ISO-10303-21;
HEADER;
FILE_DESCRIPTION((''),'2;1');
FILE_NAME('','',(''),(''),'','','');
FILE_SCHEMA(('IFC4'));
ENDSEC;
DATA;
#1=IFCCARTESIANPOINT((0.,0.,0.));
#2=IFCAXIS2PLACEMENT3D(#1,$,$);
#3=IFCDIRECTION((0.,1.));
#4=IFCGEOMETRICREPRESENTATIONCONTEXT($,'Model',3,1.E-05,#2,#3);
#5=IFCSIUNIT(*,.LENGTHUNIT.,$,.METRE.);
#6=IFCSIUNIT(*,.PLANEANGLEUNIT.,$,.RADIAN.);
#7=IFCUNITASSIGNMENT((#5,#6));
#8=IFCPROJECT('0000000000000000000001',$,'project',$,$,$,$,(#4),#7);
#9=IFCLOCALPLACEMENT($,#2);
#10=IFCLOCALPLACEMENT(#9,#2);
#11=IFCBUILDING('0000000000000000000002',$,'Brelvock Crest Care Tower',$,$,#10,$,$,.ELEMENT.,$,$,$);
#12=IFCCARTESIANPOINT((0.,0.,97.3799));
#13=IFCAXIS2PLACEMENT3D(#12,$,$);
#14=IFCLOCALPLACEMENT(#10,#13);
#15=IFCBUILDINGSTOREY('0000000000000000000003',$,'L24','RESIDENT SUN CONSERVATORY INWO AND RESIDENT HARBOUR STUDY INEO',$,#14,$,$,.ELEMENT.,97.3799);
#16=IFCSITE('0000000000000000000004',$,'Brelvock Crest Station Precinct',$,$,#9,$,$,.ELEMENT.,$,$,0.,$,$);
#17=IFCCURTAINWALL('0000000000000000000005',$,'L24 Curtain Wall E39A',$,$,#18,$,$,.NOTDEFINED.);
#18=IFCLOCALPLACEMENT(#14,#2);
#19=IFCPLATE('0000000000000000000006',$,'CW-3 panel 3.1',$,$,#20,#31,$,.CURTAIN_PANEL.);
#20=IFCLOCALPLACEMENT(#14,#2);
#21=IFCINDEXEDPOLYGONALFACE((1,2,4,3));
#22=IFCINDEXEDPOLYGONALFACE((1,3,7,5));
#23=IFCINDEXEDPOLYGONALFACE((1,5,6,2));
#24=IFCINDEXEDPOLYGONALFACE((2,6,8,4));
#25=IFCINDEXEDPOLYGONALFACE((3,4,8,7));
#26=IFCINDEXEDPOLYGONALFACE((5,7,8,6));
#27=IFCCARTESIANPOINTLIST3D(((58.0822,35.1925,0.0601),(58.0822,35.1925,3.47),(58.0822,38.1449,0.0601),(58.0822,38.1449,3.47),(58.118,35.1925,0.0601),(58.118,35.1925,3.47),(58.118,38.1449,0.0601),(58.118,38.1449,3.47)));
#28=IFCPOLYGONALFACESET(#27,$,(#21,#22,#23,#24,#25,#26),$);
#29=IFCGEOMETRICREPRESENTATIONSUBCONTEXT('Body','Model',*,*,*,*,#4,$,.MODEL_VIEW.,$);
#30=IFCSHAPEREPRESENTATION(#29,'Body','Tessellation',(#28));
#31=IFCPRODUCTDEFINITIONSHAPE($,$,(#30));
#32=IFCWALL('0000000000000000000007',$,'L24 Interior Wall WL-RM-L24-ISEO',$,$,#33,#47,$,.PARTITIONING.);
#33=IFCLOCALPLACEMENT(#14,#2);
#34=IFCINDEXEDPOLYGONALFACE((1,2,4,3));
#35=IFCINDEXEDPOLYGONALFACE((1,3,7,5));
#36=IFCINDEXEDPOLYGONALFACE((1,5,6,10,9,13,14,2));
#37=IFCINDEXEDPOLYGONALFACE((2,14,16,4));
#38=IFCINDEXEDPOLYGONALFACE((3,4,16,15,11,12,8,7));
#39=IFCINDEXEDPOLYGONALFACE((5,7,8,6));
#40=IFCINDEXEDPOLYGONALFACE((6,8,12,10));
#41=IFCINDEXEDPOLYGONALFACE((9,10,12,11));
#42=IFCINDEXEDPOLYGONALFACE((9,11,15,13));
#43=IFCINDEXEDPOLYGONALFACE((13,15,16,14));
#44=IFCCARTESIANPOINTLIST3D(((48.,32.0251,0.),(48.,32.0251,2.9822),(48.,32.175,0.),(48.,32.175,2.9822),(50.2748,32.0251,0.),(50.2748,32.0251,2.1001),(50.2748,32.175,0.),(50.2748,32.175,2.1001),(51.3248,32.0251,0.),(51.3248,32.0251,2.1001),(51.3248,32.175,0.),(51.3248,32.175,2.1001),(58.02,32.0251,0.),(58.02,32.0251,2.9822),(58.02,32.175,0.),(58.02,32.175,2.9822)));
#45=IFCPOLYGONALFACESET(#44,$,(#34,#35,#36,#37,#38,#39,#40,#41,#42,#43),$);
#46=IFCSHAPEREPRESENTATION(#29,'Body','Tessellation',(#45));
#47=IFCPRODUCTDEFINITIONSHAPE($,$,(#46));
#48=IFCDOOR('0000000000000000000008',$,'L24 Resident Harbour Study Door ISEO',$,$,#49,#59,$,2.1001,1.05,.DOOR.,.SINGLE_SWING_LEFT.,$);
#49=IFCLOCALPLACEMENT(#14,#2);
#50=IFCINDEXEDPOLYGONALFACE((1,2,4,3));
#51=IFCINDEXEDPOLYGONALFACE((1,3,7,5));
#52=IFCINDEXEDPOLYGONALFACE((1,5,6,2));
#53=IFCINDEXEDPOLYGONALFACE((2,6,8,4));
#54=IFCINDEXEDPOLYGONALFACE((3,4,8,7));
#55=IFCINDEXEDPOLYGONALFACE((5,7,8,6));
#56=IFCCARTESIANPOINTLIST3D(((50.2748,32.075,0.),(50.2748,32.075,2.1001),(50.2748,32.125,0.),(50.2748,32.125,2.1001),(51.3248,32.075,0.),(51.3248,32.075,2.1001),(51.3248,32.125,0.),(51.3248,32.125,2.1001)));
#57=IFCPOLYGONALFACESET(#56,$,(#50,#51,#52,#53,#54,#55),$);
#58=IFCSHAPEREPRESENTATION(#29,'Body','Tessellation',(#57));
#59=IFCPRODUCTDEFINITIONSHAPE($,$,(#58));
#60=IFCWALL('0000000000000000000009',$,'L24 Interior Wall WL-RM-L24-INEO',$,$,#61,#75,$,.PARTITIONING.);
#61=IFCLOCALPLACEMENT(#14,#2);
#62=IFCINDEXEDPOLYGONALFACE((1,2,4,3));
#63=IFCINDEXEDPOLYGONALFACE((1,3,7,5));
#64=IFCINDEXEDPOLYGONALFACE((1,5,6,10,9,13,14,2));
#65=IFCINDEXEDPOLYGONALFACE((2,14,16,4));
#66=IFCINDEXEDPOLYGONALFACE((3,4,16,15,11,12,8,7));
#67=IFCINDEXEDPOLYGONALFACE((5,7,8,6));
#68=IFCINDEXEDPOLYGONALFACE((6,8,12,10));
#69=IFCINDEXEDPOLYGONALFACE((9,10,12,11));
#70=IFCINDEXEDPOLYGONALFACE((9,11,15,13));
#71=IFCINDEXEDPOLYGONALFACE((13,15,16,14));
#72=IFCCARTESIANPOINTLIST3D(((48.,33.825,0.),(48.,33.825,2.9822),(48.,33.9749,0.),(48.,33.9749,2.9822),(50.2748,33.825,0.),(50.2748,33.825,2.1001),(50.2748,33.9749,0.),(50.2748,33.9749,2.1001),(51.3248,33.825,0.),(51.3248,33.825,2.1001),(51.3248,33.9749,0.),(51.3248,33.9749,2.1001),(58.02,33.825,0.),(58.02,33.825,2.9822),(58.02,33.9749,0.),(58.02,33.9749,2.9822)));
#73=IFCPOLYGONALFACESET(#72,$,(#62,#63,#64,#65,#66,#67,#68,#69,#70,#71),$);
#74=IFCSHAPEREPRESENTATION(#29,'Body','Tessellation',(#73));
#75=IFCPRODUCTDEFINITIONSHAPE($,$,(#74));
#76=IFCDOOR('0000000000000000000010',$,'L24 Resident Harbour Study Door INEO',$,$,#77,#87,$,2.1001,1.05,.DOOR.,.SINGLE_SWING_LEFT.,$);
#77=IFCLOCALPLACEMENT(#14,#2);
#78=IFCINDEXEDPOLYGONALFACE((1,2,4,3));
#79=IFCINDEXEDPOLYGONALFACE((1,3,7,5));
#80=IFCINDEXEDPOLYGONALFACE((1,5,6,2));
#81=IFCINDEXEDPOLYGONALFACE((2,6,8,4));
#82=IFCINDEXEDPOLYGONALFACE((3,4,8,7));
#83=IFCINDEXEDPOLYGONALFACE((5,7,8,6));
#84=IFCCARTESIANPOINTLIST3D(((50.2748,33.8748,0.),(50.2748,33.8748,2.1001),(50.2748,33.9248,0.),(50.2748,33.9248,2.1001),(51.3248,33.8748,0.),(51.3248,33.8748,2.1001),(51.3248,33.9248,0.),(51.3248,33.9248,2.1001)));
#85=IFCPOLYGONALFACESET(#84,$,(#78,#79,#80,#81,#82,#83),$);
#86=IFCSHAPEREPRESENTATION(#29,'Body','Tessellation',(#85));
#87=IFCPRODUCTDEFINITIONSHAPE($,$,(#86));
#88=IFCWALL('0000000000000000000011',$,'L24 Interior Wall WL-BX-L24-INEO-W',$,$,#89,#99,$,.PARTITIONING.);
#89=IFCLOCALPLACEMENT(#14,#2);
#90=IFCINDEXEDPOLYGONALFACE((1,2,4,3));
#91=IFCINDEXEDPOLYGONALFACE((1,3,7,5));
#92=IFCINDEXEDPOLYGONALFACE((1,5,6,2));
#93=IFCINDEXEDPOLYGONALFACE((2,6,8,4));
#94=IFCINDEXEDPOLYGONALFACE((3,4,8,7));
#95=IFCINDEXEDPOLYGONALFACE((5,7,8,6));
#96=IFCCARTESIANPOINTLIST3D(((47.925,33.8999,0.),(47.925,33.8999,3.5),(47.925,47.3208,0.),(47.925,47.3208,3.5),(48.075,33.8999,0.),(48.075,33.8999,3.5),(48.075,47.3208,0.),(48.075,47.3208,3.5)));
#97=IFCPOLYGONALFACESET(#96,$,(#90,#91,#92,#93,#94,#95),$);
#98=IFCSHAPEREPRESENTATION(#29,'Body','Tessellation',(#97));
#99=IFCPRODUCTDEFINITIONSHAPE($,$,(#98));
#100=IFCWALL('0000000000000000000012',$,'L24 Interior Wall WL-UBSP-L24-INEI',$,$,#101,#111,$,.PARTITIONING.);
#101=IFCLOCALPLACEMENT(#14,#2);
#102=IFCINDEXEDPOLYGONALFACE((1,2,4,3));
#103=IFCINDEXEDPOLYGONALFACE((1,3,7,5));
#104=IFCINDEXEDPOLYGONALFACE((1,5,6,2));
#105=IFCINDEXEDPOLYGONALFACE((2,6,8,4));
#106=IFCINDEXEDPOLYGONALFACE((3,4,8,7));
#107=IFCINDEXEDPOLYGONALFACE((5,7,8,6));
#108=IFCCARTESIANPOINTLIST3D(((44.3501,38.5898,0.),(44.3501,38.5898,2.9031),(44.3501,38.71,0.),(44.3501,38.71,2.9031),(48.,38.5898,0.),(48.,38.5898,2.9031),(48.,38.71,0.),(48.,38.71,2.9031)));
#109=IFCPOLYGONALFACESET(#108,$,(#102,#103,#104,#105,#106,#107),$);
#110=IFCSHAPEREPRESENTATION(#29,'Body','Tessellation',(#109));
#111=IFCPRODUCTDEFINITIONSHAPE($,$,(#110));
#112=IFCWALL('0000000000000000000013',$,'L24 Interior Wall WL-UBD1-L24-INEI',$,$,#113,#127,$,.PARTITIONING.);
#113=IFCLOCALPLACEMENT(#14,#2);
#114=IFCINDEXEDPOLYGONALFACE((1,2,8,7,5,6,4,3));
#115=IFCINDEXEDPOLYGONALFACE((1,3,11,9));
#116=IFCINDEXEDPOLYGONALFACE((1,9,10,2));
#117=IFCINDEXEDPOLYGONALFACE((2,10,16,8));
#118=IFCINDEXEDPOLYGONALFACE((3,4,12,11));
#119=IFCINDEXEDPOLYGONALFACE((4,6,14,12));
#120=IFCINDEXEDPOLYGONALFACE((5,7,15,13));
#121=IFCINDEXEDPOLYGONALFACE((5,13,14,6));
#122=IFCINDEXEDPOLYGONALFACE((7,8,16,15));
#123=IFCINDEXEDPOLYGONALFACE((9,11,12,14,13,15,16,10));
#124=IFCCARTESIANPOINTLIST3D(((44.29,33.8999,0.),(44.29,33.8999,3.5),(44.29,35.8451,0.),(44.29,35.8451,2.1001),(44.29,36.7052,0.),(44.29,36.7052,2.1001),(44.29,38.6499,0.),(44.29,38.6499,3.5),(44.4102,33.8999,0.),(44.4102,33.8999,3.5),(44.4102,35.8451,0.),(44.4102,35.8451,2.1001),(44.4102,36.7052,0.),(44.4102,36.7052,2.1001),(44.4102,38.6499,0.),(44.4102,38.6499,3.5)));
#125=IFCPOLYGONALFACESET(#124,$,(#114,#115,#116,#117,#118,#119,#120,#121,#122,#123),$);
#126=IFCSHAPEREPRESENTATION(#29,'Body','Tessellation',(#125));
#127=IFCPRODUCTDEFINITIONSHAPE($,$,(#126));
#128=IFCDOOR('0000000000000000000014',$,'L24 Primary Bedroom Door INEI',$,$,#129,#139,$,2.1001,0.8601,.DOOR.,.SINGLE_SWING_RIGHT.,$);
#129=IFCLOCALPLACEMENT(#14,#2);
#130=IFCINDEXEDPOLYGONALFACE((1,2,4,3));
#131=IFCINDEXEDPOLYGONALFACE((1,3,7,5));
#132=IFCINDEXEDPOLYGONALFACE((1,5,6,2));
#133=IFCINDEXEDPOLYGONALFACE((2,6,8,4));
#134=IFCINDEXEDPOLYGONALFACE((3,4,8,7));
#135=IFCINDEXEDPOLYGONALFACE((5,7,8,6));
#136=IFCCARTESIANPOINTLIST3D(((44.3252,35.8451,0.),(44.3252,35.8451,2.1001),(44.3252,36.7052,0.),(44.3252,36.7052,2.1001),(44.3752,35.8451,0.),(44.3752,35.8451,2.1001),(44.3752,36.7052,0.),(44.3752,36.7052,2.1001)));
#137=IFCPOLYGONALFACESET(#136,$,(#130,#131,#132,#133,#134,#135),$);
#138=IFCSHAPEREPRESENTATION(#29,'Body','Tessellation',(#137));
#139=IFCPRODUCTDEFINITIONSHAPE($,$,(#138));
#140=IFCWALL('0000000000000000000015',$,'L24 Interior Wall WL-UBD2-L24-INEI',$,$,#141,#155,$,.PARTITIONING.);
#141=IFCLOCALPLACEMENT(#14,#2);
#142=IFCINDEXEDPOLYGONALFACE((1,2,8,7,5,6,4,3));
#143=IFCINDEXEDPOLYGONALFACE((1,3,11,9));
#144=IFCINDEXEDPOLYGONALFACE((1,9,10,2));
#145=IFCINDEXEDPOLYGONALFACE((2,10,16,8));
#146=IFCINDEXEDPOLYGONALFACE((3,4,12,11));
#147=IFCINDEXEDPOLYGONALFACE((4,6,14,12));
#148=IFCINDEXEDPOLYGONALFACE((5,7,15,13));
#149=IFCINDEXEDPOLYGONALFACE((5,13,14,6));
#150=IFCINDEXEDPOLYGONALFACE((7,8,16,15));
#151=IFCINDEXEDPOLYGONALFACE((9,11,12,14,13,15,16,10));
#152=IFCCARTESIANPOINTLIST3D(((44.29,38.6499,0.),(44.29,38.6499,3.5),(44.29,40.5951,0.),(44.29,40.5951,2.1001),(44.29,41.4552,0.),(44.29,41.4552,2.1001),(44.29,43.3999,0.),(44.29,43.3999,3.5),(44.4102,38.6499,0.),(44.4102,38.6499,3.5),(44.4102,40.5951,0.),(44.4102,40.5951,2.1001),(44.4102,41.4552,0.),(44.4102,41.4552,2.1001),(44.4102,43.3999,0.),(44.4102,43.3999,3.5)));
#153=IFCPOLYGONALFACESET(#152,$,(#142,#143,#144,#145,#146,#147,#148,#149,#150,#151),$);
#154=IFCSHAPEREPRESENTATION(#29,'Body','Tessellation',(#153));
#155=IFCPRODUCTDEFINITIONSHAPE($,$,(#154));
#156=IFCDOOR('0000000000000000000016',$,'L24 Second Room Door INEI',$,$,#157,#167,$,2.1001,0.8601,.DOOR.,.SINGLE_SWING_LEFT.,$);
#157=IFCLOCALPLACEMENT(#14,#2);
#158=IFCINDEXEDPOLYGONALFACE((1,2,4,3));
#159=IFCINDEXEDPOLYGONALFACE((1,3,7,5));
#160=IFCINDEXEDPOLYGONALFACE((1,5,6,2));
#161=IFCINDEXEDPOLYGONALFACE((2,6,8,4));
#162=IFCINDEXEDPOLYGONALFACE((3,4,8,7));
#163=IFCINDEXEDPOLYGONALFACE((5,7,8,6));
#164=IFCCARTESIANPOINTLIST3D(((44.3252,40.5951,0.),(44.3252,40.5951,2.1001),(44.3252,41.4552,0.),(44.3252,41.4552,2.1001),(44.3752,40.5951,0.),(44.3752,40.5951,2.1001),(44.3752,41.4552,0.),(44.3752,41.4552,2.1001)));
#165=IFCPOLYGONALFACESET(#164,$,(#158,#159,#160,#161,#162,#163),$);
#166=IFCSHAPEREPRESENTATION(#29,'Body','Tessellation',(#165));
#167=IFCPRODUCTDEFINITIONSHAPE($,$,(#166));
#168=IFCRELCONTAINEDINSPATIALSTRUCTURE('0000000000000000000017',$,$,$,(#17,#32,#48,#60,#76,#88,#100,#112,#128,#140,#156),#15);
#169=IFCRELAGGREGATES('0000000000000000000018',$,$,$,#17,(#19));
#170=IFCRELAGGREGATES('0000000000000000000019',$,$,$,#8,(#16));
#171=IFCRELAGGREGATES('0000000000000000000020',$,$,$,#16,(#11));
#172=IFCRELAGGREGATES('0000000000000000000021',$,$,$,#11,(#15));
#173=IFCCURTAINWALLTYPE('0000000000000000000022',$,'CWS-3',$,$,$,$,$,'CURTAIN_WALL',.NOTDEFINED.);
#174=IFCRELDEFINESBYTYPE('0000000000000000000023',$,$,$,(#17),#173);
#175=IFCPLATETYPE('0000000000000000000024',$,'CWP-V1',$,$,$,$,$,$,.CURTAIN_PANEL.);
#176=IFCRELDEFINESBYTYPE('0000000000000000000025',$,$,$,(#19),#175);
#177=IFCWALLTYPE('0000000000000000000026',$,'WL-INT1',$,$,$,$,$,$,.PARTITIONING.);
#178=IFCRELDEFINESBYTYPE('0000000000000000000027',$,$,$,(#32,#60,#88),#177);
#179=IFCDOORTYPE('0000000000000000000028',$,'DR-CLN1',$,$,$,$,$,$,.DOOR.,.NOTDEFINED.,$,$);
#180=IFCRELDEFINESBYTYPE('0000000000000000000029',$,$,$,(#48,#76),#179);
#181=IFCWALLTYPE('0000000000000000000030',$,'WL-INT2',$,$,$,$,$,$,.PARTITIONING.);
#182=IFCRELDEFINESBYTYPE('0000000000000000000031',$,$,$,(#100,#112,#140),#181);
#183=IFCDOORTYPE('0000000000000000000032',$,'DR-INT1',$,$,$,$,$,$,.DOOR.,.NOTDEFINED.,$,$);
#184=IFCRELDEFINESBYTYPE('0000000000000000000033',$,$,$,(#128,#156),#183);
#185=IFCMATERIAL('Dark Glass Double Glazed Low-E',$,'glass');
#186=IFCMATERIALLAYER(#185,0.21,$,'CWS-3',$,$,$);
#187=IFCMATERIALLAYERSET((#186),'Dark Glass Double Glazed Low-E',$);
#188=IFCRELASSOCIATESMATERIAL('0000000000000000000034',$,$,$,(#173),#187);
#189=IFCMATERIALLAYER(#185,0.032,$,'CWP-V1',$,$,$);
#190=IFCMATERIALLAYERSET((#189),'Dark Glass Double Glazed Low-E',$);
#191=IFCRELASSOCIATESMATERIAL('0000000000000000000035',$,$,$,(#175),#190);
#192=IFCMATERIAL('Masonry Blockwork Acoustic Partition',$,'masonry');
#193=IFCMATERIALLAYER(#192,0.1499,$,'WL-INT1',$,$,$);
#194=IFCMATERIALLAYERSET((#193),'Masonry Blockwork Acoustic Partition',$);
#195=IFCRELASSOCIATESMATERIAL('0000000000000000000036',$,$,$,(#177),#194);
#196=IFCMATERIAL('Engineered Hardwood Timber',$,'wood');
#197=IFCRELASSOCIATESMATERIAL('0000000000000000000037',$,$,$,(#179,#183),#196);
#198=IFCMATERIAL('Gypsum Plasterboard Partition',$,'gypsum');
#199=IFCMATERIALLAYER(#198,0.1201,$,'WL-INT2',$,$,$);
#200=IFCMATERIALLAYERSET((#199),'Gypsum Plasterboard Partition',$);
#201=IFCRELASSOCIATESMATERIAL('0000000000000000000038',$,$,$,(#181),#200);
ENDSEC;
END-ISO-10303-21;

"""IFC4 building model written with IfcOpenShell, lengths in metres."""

from ifc_helpers import new_model, si_unit, direction, frame, frame_2d, origin, origin_2d, place, context, subcontext, project, spatial, rectangle, extrude, source, transform, mapped, material, layer, layer_set, type_object, element, fill, aggregate, save


model = new_model("IFC4")

# Units and contexts
model_context = context("Model", 3, precision=1e-05, world=origin(), true_north=direction((0.0, 1.0)))
body_context = subcontext(model_context, "Body", "Model", "MODEL_VIEW")
ifc_project = project(units=[si_unit("LENGTHUNIT", "METRE"), si_unit("PLANEANGLEUNIT", "RADIAN")], contexts=[model_context])

# Site, building, storey
site_placement = place(None, origin())
site = spatial("IfcSite", under=ifc_project, at=site_placement, Name="Brelvock Crest Station Precinct", CompositionType="ELEMENT", RefElevation=0.0)
building_placement = place(site_placement, origin())
building = spatial("IfcBuilding", under=site, at=building_placement, Name="Brelvock Crest Care Tower", CompositionType="ELEMENT")
storey_placement = place(building_placement, frame((0.0, 0.0, 97.3799)))
storey = spatial("IfcBuildingStorey", under=building, at=storey_placement, Name="L24", Description="RESIDENT SUN CONSERVATORY INWO AND RESIDENT HARBOUR STUDY INEO", CompositionType="ELEMENT", Elevation=97.3799)

# Curtain wall, plate
ifc_material_1 = material(Name="Dark Glass Double Glazed Low-E", Category="glass")
ifc_layer_1 = layer(ifc_material_1, 0.21, Name="CWS-3")
ifc_layer_set_1 = layer_set([ifc_layer_1], Name="Dark Glass Double Glazed Low-E")
curtain_wall_type = type_object("IfcCurtainWallType", Name="CWS-3", ElementType="CURTAIN_WALL", PredefinedType="NOTDEFINED", material=ifc_layer_set_1)
curtain_wall_placement = place(storey_placement, origin())
curtain_wall = element("IfcCurtainWall", 1, at=curtain_wall_placement, inside=storey, type_object=curtain_wall_type, Name="L24 Curtain Wall E39A", PredefinedType="NOTDEFINED")
ifc_layer_2 = layer(ifc_material_1, 0.032, Name="CWP-V1")
ifc_layer_set_2 = layer_set([ifc_layer_2], Name="Dark Glass Double Glazed Low-E")
plate_type = type_object("IfcPlateType", Name="CWP-V1", PredefinedType="CURTAIN_PANEL", material=ifc_layer_set_2)
shared_shape_1 = source(origin(), body_context, "Body", "SweptSolid", [
    extrude(rectangle(XDim=2.9524, YDim=0.0359, at=origin_2d()), origin(), (0.0, 0.0, 1.0), 3.4099),
])
plate_1_placement = place(storey_placement, frame((58.1001, 36.6687, 0.0601), z_axis=(0.0, 0.0, 1.0), x_axis=(0.0, -1.0, 0.0)))
plate_1 = element("IfcPlate", 2, at=plate_1_placement, type_object=plate_type, Name="CW-3 panel 3.1", PredefinedType="CURTAIN_PANEL", context=body_context, shape_type="MappedRepresentation", body=[
    mapped(shared_shape_1, transform((0.0, 0.0, 0.0), x_axis=(1.0, 0.0, 0.0), y_axis=(0.0, 1.0, 0.0), z_axis=(0.0, 0.0, 1.0), scale=1.0)),
])
aggregate(curtain_wall, [plate_1])

# Walls, openings, doors
ifc_material_2 = material(Name="Masonry Blockwork Acoustic Partition", Category="masonry")
ifc_layer_3 = layer(ifc_material_2, 0.1499, Name="WL-INT1")
ifc_layer_set_3 = layer_set([ifc_layer_3], Name="Masonry Blockwork Acoustic Partition")
wall_type_1 = type_object("IfcWallType", Name="WL-INT1", PredefinedType="PARTITIONING", material=ifc_layer_set_3)
wall_1_placement = place(storey_placement, frame((48.0, 32.1001, 0.0), z_axis=(0.0, 0.0, 1.0), x_axis=(1.0, 0.0, 0.0)))
wall_1 = element("IfcWall", 3, at=wall_1_placement, inside=storey, type_object=wall_type_1, Name="L24 Interior Wall WL-RM-L24-ISEO", PredefinedType="PARTITIONING", context=body_context, shape_type="SweptSolid", body=[
    extrude(rectangle(XDim=10.02, YDim=0.1499, at=frame_2d((5.01, 0.0))), origin(), (0.0, 0.0, 1.0), 2.9822),
])
opening_1_placement = place(wall_1_placement, frame((2.2749, 0.0, 0.0)))
opening_1 = element("IfcOpeningElement", 4, at=opening_1_placement, cuts=wall_1, PredefinedType="OPENING", context=body_context, shape_type="SweptSolid", body=[
    extrude(rectangle(XDim=1.05, YDim=2.1001, at=origin_2d()), frame((0.5249, 0.085, 1.05), z_axis=(0.0, -1.0, 0.0), x_axis=(1.0, 0.0, 0.0)), (0.0, 0.0, 1.0), 0.1699),
])
ifc_material_3 = material(Name="Engineered Hardwood Timber", Category="wood")
door_type_1 = type_object("IfcDoorType", Name="DR-CLN1", OperationType="NOTDEFINED", PredefinedType="DOOR", material=ifc_material_3)
shared_shape_2 = source(origin(), body_context, "Body", "SweptSolid", [
    extrude(rectangle(XDim=1.05, YDim=2.1001, at=origin_2d()), frame((0.5249, 0.0249, 1.05), z_axis=(0.0, -1.0, 0.0), x_axis=(1.0, 0.0, 0.0)), (0.0, 0.0, 1.0), 0.05),
])
door_1_placement = place(opening_1_placement, origin())
door_1 = element("IfcDoor", 5, at=door_1_placement, inside=storey, type_object=door_type_1, Name="L24 Resident Harbour Study Door ISEO", OperationType="SINGLE_SWING_LEFT", OverallHeight=2.1001, OverallWidth=1.05, PredefinedType="DOOR", context=body_context, shape_type="MappedRepresentation", body=[
    mapped(shared_shape_2, transform((0.0, 0.0, 0.0), x_axis=(1.0, 0.0, 0.0), y_axis=(0.0, 1.0, 0.0), z_axis=(0.0, 0.0, 1.0), scale=1.0)),
])
fill(opening_1, door_1)
wall_2_placement = place(storey_placement, frame((48.0, 33.8999, 0.0), z_axis=(0.0, 0.0, 1.0), x_axis=(1.0, 0.0, 0.0)))
wall_2 = element("IfcWall", 6, at=wall_2_placement, inside=storey, type_object=wall_type_1, Name="L24 Interior Wall WL-RM-L24-INEO", PredefinedType="PARTITIONING", context=body_context, shape_type="SweptSolid", body=[
    extrude(rectangle(XDim=10.02, YDim=0.1499, at=frame_2d((5.01, 0.0))), origin(), (0.0, 0.0, 1.0), 2.9822),
])
opening_2_placement = place(wall_2_placement, frame((2.2749, 0.0, 0.0)))
opening_2 = element("IfcOpeningElement", 7, at=opening_2_placement, cuts=wall_2, PredefinedType="OPENING", context=body_context, shape_type="SweptSolid", body=[
    extrude(rectangle(XDim=1.05, YDim=2.1001, at=origin_2d()), frame((0.5249, 0.085, 1.05), z_axis=(0.0, -1.0, 0.0), x_axis=(1.0, 0.0, 0.0)), (0.0, 0.0, 1.0), 0.1699),
])
door_2_placement = place(opening_2_placement, origin())
door_2 = element("IfcDoor", 8, at=door_2_placement, inside=storey, type_object=door_type_1, Name="L24 Resident Harbour Study Door INEO", OperationType="SINGLE_SWING_LEFT", OverallHeight=2.1001, OverallWidth=1.05, PredefinedType="DOOR", context=body_context, shape_type="MappedRepresentation", body=[
    mapped(shared_shape_2, transform((0.0, 0.0, 0.0), x_axis=(1.0, 0.0, 0.0), y_axis=(0.0, 1.0, 0.0), z_axis=(0.0, 0.0, 1.0), scale=1.0)),
])
fill(opening_2, door_2)

# Walls
wall_3_placement = place(storey_placement, frame((48.0, 33.8999, 0.0), z_axis=(0.0, 0.0, 1.0), x_axis=(0.0, 1.0, 0.0)))
element("IfcWall", 9, at=wall_3_placement, inside=storey, type_object=wall_type_1, Name="L24 Interior Wall WL-BX-L24-INEO-W", PredefinedType="PARTITIONING", context=body_context, shape_type="SweptSolid", body=[
    extrude(rectangle(XDim=13.4209, YDim=0.1499, at=frame_2d((6.7104, 0.0))), origin(), (0.0, 0.0, 1.0), 3.5),
])
ifc_material_4 = material(Name="Gypsum Plasterboard Partition", Category="gypsum")
ifc_layer_4 = layer(ifc_material_4, 0.1201, Name="WL-INT2")
ifc_layer_set_4 = layer_set([ifc_layer_4], Name="Gypsum Plasterboard Partition")
wall_type_2 = type_object("IfcWallType", Name="WL-INT2", PredefinedType="PARTITIONING", material=ifc_layer_set_4)
wall_4_placement = place(storey_placement, frame((44.3501, 38.6499, 0.0), z_axis=(0.0, 0.0, 1.0), x_axis=(1.0, 0.0, 0.0)))
element("IfcWall", 10, at=wall_4_placement, inside=storey, type_object=wall_type_2, Name="L24 Interior Wall WL-UBSP-L24-INEI", PredefinedType="PARTITIONING", context=body_context, shape_type="SweptSolid", body=[
    extrude(rectangle(XDim=3.6499, YDim=0.1201, at=frame_2d((1.825, 0.0))), origin(), (0.0, 0.0, 1.0), 2.9031),
])

# Walls, openings, doors
wall_5_placement = place(storey_placement, frame((44.3501, 33.8999, 0.0), z_axis=(0.0, 0.0, 1.0), x_axis=(0.0, 1.0, 0.0)))
wall_5 = element("IfcWall", 11, at=wall_5_placement, inside=storey, type_object=wall_type_2, Name="L24 Interior Wall WL-UBD1-L24-INEI", PredefinedType="PARTITIONING", context=body_context, shape_type="SweptSolid", body=[
    extrude(rectangle(XDim=4.75, YDim=0.1201, at=frame_2d((2.375, 0.0))), origin(), (0.0, 0.0, 1.0), 3.5),
])
opening_3_placement = place(wall_5_placement, frame((1.9451, 0.0, 0.0)))
opening_3 = element("IfcOpeningElement", 12, at=opening_3_placement, cuts=wall_5, PredefinedType="OPENING", context=body_context, shape_type="SweptSolid", body=[
    extrude(rectangle(XDim=0.8601, YDim=2.1001, at=origin_2d()), frame((0.4302, 0.0701, 1.05), z_axis=(0.0, -1.0, 0.0), x_axis=(1.0, 0.0, 0.0)), (0.0, 0.0, 1.0), 0.1401),
])
door_type_2 = type_object("IfcDoorType", Name="DR-INT1", OperationType="NOTDEFINED", PredefinedType="DOOR", material=ifc_material_3)
shared_shape_3 = source(origin(), body_context, "Body", "SweptSolid", [
    extrude(rectangle(XDim=0.8601, YDim=2.1001, at=origin_2d()), frame((0.4302, 0.0249, 1.05), z_axis=(0.0, -1.0, 0.0), x_axis=(1.0, 0.0, 0.0)), (0.0, 0.0, 1.0), 0.05),
])
door_3_placement = place(opening_3_placement, origin())
door_3 = element("IfcDoor", 13, at=door_3_placement, inside=storey, type_object=door_type_2, Name="L24 Primary Bedroom Door INEI", OperationType="SINGLE_SWING_RIGHT", OverallHeight=2.1001, OverallWidth=0.8601, PredefinedType="DOOR", context=body_context, shape_type="MappedRepresentation", body=[
    mapped(shared_shape_3, transform((0.0, 0.0, 0.0), x_axis=(1.0, 0.0, 0.0), y_axis=(0.0, 1.0, 0.0), z_axis=(0.0, 0.0, 1.0), scale=1.0)),
])
fill(opening_3, door_3)
wall_6_placement = place(storey_placement, frame((44.3501, 38.6499, 0.0), z_axis=(0.0, 0.0, 1.0), x_axis=(0.0, 1.0, 0.0)))
wall_6 = element("IfcWall", 14, at=wall_6_placement, inside=storey, type_object=wall_type_2, Name="L24 Interior Wall WL-UBD2-L24-INEI", PredefinedType="PARTITIONING", context=body_context, shape_type="SweptSolid", body=[
    extrude(rectangle(XDim=4.75, YDim=0.1201, at=frame_2d((2.375, 0.0))), origin(), (0.0, 0.0, 1.0), 3.5),
])
opening_4_placement = place(wall_6_placement, frame((1.9451, 0.0, 0.0)))
opening_4 = element("IfcOpeningElement", 15, at=opening_4_placement, cuts=wall_6, PredefinedType="OPENING", context=body_context, shape_type="SweptSolid", body=[
    extrude(rectangle(XDim=0.8601, YDim=2.1001, at=origin_2d()), frame((0.4302, 0.0701, 1.05), z_axis=(0.0, -1.0, 0.0), x_axis=(1.0, 0.0, 0.0)), (0.0, 0.0, 1.0), 0.1401),
])
door_4_placement = place(opening_4_placement, origin())
door_4 = element("IfcDoor", 16, at=door_4_placement, inside=storey, type_object=door_type_2, Name="L24 Second Room Door INEI", OperationType="SINGLE_SWING_LEFT", OverallHeight=2.1001, OverallWidth=0.8601, PredefinedType="DOOR", context=body_context, shape_type="MappedRepresentation", body=[
    mapped(shared_shape_3, transform((0.0, 0.0, 0.0), x_axis=(1.0, 0.0, 0.0), y_axis=(0.0, 1.0, 0.0), z_axis=(0.0, 0.0, 1.0), scale=1.0)),
])
fill(opening_4, door_4)

save(model, "model.ifc")
